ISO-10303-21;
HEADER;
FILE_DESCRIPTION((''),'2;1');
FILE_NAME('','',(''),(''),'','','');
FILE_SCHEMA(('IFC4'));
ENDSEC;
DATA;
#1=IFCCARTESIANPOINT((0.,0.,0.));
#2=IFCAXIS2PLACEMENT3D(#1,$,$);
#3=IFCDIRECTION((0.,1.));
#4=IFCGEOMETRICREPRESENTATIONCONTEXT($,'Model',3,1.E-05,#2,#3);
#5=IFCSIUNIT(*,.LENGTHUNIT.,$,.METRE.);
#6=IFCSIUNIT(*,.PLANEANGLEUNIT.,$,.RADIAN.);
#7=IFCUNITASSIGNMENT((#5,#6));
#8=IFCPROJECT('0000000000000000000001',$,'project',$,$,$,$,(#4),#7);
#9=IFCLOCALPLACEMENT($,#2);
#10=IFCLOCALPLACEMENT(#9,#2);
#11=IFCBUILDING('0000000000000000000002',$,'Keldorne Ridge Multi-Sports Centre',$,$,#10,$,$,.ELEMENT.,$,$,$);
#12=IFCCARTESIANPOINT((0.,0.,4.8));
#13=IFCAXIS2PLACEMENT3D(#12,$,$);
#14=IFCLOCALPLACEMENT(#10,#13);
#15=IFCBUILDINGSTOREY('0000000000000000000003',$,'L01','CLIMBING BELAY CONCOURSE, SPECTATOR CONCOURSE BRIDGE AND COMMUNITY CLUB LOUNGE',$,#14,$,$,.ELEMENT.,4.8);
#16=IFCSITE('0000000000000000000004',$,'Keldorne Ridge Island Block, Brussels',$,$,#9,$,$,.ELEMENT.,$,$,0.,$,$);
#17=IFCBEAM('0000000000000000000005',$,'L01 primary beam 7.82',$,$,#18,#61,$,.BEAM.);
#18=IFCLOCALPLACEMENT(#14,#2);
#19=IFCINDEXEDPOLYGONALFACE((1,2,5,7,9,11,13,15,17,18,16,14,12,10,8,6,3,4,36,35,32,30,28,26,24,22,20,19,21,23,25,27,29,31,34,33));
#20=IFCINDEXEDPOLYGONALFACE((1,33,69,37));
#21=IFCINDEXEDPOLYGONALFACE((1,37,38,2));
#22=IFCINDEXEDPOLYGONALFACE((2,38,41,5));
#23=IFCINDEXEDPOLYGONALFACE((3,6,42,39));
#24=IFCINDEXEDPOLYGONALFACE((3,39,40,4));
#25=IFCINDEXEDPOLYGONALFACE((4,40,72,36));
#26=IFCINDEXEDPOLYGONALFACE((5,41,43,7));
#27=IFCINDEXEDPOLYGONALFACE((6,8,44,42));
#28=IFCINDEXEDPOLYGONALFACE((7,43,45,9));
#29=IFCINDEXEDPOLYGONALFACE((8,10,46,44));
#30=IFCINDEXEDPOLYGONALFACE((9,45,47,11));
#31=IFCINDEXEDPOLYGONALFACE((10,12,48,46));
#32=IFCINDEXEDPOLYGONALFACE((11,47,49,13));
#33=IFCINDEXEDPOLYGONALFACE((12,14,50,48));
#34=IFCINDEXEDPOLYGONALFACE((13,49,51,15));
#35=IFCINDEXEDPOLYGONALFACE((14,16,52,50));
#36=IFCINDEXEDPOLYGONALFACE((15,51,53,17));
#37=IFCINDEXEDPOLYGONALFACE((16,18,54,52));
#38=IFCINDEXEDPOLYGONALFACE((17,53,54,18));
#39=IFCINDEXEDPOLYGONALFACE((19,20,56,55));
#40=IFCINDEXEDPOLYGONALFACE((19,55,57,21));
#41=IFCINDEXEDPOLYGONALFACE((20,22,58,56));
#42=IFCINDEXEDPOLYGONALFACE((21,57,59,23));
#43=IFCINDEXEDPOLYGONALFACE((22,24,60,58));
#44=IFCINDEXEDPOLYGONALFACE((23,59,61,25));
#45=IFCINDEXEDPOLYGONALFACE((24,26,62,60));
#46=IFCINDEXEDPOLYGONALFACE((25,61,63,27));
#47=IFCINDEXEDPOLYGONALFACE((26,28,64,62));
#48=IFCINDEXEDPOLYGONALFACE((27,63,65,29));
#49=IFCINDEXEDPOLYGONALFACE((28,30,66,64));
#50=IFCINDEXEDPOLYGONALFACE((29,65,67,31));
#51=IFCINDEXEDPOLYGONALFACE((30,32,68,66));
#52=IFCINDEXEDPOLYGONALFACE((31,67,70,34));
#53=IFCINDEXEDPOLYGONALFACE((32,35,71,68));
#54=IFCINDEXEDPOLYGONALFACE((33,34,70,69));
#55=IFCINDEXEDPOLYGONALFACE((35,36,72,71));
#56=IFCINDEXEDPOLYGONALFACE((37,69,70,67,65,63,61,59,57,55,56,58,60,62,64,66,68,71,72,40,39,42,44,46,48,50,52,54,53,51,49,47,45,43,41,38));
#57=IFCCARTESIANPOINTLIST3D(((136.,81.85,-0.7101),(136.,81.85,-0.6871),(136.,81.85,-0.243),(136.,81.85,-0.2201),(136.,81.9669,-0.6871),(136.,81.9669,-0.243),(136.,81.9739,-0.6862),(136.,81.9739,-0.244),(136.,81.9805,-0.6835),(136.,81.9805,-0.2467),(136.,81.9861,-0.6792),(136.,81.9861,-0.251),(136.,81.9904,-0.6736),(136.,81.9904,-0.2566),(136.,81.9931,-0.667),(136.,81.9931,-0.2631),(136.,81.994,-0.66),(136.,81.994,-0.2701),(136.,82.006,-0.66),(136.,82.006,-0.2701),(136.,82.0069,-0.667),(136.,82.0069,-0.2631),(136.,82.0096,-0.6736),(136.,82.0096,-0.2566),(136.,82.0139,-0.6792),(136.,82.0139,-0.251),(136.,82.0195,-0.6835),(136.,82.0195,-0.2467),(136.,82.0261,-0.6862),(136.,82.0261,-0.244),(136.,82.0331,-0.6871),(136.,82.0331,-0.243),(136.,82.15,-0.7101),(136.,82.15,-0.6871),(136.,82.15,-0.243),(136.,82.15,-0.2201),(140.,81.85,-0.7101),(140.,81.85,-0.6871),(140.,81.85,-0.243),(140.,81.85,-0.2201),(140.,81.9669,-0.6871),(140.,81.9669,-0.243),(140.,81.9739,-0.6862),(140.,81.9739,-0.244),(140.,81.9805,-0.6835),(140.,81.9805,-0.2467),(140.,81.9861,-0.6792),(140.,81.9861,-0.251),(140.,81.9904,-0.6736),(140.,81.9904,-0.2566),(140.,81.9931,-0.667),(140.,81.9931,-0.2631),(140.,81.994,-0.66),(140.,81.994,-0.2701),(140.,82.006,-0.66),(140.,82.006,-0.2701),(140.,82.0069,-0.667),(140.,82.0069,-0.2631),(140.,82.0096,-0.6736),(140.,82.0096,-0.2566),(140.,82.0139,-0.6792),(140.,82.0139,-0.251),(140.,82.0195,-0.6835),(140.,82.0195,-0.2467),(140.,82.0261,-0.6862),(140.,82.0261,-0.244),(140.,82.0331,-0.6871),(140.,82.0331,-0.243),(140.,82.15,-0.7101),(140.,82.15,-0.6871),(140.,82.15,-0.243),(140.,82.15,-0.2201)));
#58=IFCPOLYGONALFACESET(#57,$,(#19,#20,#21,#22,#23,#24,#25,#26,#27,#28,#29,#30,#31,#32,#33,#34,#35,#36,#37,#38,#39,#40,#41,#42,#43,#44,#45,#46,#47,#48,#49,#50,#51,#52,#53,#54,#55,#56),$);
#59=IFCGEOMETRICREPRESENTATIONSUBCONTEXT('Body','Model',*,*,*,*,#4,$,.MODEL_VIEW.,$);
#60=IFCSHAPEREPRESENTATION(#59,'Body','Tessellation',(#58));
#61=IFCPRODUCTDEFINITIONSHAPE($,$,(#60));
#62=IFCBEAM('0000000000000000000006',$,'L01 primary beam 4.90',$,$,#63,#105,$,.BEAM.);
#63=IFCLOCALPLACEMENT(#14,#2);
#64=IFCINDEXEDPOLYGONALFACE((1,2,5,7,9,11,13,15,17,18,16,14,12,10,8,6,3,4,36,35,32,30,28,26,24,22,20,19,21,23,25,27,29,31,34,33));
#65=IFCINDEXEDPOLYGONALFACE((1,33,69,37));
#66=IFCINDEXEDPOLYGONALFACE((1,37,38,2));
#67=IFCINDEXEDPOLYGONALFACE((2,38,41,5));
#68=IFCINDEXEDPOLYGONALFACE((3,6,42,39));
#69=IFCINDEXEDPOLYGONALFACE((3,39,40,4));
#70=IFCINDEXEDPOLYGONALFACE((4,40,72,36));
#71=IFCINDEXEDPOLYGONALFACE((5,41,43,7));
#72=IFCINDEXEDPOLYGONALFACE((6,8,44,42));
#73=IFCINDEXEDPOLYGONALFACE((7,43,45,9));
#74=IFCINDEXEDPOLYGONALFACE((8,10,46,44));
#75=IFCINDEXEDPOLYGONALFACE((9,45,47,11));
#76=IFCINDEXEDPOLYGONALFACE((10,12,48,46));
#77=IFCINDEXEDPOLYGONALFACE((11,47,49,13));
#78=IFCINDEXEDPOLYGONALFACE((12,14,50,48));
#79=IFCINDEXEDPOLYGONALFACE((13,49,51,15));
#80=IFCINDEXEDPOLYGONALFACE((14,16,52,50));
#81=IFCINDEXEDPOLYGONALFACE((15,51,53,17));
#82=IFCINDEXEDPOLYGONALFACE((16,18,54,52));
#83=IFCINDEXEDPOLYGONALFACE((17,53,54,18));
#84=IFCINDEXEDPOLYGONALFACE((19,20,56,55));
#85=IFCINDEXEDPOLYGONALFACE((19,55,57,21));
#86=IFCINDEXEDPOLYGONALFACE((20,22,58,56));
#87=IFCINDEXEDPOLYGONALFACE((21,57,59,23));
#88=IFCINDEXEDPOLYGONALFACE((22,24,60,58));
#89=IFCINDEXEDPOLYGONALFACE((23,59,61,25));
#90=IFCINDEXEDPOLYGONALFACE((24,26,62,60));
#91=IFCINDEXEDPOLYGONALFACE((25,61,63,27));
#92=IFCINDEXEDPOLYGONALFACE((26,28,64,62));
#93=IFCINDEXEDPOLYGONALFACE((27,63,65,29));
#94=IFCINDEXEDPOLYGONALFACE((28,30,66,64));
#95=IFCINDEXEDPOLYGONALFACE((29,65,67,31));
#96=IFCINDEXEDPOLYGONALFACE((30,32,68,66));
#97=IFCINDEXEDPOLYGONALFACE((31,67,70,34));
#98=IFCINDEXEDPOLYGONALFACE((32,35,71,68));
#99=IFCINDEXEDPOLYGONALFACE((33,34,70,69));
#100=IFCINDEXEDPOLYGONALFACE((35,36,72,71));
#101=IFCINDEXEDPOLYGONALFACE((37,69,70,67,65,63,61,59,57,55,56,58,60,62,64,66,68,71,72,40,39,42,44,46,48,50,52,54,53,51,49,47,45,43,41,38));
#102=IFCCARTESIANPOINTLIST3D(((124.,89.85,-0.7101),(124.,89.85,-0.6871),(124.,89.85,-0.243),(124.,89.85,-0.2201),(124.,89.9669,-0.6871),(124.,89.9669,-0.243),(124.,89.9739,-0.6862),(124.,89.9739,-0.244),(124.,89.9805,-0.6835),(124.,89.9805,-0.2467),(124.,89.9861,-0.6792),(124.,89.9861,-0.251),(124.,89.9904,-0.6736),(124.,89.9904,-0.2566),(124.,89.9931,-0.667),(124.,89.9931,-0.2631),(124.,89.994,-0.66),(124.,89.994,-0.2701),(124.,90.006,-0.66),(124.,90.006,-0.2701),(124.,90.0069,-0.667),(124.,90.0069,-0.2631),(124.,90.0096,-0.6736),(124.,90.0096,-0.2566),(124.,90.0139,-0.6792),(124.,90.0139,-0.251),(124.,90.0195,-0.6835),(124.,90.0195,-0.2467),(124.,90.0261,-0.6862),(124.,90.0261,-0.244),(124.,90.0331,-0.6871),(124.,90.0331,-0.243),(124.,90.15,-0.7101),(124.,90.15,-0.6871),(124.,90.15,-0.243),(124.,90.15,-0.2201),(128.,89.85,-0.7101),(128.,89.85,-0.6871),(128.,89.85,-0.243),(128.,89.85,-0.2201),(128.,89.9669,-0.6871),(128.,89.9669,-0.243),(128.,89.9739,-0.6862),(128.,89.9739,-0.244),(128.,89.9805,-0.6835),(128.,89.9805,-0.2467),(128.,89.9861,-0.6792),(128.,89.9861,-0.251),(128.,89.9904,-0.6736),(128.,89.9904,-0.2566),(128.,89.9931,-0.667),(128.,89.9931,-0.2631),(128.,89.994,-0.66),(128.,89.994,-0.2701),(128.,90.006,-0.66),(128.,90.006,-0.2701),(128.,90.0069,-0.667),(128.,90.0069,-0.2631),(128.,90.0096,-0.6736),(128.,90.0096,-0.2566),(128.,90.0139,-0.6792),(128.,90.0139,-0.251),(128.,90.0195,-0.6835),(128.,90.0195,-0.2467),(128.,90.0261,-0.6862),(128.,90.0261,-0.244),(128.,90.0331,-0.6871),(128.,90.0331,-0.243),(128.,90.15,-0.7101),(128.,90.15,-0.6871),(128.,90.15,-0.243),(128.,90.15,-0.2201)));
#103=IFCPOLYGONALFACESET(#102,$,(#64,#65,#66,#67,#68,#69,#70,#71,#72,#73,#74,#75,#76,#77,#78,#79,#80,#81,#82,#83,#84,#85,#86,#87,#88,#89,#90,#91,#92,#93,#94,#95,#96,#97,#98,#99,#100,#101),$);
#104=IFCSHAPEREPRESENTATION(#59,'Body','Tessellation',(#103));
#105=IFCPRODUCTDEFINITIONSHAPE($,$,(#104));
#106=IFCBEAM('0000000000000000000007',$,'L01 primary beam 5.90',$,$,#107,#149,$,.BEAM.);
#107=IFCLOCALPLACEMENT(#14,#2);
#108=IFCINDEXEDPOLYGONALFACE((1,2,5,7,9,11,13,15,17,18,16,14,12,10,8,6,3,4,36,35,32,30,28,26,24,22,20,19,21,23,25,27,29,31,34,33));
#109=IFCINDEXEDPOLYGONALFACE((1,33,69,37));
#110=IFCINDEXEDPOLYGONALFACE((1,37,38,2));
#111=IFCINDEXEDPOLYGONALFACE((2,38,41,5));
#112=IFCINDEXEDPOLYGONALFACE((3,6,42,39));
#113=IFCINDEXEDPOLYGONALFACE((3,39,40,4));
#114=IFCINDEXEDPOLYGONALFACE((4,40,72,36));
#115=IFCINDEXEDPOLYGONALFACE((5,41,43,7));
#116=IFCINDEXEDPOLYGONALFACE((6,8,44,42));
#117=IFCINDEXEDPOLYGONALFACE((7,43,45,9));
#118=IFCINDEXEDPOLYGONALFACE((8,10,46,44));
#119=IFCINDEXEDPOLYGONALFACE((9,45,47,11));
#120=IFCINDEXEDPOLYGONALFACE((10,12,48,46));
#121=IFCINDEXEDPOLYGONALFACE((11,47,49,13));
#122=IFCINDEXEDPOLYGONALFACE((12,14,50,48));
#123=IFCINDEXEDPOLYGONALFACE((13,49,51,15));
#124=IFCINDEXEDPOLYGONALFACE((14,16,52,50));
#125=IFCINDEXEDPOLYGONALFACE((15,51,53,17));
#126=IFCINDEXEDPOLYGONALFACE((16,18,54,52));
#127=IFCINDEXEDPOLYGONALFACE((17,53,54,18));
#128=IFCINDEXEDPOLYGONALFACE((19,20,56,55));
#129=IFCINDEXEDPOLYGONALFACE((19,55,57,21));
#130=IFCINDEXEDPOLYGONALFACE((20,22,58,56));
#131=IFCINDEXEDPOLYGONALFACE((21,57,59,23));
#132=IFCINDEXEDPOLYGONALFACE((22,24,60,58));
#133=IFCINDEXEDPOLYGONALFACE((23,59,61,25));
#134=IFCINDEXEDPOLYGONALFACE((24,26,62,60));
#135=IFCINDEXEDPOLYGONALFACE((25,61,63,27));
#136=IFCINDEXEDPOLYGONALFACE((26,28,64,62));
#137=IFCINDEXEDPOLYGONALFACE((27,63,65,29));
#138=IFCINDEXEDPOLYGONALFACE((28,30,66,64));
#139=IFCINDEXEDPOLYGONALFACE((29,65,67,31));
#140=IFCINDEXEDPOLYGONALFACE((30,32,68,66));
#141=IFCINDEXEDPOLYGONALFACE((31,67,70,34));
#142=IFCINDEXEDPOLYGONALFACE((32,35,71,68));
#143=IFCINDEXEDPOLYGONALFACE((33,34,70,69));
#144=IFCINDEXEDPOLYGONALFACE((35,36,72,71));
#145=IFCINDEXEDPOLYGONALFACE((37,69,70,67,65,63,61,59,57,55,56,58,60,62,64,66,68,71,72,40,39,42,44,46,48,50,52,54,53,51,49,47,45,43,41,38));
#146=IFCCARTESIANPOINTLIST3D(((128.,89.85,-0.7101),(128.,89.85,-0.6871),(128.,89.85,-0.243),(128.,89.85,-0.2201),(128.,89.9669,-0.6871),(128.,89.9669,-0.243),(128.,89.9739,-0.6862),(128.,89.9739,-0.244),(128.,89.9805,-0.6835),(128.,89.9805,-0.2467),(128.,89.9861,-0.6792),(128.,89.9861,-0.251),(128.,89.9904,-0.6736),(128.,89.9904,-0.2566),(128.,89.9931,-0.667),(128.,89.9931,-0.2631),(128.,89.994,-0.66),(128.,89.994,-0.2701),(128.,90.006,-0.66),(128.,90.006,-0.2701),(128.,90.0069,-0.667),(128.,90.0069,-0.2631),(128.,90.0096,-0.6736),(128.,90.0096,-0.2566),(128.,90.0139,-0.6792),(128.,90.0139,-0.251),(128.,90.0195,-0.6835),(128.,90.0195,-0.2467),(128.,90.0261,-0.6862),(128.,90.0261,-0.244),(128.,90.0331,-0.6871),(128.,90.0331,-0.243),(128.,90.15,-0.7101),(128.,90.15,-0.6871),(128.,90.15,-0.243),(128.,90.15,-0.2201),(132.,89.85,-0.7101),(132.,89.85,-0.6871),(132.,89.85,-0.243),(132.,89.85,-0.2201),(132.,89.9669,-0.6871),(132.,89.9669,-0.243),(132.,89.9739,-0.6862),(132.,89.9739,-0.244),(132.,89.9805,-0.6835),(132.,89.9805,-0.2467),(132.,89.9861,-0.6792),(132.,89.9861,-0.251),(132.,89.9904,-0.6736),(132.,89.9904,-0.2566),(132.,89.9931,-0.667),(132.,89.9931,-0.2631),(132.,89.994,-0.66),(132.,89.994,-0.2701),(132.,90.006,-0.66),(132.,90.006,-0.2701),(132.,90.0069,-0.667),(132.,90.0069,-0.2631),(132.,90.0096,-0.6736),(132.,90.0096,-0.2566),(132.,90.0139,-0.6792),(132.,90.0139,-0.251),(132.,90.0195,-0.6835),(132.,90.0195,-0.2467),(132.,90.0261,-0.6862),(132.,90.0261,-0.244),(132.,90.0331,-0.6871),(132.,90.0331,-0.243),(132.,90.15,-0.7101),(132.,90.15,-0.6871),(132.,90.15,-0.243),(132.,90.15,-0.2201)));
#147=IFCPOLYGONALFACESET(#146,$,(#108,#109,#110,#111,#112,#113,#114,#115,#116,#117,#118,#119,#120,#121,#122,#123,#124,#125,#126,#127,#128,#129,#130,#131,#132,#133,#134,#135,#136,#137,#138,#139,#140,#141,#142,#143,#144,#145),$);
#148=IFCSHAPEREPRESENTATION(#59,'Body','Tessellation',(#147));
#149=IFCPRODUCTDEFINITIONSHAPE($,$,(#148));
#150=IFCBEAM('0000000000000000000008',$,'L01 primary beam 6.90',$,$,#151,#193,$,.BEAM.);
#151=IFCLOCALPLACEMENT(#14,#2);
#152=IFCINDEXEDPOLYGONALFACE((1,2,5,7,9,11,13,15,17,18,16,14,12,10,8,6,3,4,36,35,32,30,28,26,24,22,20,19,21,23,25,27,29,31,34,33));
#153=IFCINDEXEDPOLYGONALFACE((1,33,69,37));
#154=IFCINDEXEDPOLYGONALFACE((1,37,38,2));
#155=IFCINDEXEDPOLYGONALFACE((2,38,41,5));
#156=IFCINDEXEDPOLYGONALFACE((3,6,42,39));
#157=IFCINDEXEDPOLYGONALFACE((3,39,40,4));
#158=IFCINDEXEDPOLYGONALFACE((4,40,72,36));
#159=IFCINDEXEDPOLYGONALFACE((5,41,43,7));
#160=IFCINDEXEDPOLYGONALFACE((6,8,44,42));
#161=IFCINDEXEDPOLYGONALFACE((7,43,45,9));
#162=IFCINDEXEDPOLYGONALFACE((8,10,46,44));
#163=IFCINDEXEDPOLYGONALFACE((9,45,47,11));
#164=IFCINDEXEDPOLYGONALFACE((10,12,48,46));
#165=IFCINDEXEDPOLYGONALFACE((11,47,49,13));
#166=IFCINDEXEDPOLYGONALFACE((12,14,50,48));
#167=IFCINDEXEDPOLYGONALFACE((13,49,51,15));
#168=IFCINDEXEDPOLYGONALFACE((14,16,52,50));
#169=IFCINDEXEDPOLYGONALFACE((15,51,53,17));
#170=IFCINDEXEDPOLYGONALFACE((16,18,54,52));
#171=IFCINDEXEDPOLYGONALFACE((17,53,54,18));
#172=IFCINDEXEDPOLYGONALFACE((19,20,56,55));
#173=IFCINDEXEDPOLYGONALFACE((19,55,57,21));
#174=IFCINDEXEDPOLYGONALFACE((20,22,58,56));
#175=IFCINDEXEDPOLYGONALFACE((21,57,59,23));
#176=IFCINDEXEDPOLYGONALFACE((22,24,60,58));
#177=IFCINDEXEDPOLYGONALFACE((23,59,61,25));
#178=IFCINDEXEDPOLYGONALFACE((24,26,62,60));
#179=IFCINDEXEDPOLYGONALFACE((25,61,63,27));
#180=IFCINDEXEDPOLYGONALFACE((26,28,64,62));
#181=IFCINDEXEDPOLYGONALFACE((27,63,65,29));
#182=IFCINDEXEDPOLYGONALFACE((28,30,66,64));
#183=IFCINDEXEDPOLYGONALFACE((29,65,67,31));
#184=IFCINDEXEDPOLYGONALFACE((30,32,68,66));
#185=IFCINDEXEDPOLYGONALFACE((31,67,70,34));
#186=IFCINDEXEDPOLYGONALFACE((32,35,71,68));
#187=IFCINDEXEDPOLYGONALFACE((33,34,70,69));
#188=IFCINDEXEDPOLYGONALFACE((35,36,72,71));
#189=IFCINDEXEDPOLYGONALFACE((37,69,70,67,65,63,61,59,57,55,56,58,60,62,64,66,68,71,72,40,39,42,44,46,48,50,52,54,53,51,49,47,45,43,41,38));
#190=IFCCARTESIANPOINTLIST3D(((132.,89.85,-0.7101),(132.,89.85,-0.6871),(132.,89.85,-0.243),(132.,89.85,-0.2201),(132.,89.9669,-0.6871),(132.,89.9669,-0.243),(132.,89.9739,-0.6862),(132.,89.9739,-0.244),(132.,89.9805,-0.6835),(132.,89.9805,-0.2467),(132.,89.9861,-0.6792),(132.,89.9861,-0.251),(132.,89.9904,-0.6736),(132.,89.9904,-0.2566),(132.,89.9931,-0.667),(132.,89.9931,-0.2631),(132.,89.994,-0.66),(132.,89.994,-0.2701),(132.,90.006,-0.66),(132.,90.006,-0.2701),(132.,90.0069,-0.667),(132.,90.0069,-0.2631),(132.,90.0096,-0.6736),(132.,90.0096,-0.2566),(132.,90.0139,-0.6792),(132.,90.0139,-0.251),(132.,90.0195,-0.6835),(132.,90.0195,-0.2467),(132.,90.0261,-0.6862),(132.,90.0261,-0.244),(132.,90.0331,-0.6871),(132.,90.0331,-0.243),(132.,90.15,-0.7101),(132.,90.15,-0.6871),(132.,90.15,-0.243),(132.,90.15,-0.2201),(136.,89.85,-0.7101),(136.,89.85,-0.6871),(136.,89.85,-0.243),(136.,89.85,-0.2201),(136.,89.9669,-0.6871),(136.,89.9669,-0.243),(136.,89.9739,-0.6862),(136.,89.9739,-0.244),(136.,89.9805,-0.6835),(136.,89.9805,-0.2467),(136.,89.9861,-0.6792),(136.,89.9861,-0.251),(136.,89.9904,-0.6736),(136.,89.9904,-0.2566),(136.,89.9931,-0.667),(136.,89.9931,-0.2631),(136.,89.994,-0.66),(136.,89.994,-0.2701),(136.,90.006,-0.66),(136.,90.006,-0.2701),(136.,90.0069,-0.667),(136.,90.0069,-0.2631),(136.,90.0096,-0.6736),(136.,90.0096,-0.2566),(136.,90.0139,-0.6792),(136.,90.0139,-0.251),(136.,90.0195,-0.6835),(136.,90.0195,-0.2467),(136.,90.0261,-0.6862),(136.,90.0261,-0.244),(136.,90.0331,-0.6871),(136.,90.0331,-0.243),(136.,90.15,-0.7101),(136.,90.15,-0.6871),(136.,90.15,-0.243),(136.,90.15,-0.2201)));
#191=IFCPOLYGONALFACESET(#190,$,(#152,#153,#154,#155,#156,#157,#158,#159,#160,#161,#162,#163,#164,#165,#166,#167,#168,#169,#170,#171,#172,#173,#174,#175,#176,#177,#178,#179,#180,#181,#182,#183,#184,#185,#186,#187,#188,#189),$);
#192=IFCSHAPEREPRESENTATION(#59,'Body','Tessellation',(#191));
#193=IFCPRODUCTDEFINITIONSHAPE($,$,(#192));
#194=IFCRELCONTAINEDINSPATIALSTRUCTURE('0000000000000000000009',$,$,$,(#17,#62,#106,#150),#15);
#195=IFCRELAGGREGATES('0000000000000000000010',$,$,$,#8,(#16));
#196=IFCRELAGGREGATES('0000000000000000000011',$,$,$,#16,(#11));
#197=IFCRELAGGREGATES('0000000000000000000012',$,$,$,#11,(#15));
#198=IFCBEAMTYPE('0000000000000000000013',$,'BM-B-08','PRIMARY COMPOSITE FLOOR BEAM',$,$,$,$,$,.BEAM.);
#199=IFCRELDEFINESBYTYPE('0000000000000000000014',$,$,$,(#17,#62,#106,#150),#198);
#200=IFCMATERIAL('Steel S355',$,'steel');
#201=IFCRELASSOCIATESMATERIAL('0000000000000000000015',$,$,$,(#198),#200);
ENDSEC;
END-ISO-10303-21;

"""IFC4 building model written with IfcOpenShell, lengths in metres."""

from ifc_helpers import new_model, si_unit, direction, frame, origin, origin_2d, place, context, subcontext, project, spatial, i_section, extrude, material, material_profile, profile_set, type_object, element, save


model = new_model("IFC4")

# Units and contexts
model_context = context("Model", 3, precision=1e-05, world=origin(), true_north=direction((0.0, 1.0)))
body_context = subcontext(model_context, "Body", "Model", "MODEL_VIEW")
ifc_project = project(units=[si_unit("LENGTHUNIT", "METRE"), si_unit("PLANEANGLEUNIT", "RADIAN")], contexts=[model_context])

# Site, building, storey
site_placement = place(None, origin())
site = spatial("IfcSite", under=ifc_project, at=site_placement, Name="Keldorne Ridge Island Block, Brussels", CompositionType="ELEMENT", RefElevation=0.0)
building_placement = place(site_placement, origin())
building = spatial("IfcBuilding", under=site, at=building_placement, Name="Keldorne Ridge Multi-Sports Centre", CompositionType="ELEMENT")
storey_placement = place(building_placement, frame((0.0, 0.0, 4.8)))
storey = spatial("IfcBuildingStorey", under=building, at=storey_placement, Name="L01", Description="CLIMBING BELAY CONCOURSE, SPECTATOR CONCOURSE BRIDGE AND COMMUNITY CLUB LOUNGE", CompositionType="ELEMENT", Elevation=4.8)

# Shared definitions
ifc_material = material(Name="Steel S355", Category="steel")

# Beams
ifc_material_profile_1 = material_profile(ifc_material, i_section(OverallWidth=0.3, OverallDepth=0.49, WebThickness=0.012, FlangeThickness=0.0229, FilletRadius=0.0271, at=origin_2d()), Name="HEA 500")
ifc_profile_set_1 = profile_set([ifc_material_profile_1], Name="Steel S355")
beam_type_1 = type_object("IfcBeamType", Name="BM-B-08", Description="PRIMARY COMPOSITE FLOOR BEAM", PredefinedType="BEAM", material=ifc_profile_set_1)
for number, where, z_axis, x_axis, name in (
    (1, (136.0, 82.0, -0.4651), (1.0, 0.0, 0.0), (0.0, 1.0, 0.0), "L01 primary beam 7.82"),
    (2, (124.0, 90.0, -0.4651), (1.0, 0.0, 0.0), (0.0, 1.0, 0.0), "L01 primary beam 4.90"),
    (3, (128.0, 90.0, -0.4651), (1.0, 0.0, 0.0), (0.0, 1.0, 0.0), "L01 primary beam 5.90"),
    (4, (132.0, 90.0, -0.4651), (1.0, 0.0, 0.0), (0.0, 1.0, 0.0), "L01 primary beam 6.90"),
):
    element("IfcBeam", number, at=place(storey_placement, frame(where, z_axis=z_axis, x_axis=x_axis)), inside=storey, type_object=beam_type_1, Name=name, PredefinedType="BEAM", context=body_context, shape_type="SweptSolid", body=[
        extrude(i_section(OverallWidth=0.3, OverallDepth=0.49, WebThickness=0.012, FlangeThickness=0.0229, FilletRadius=0.0271, at=origin_2d()), origin(), (0.0, 0.0, 1.0), 4.0),
    ])

save(model, "model.ifc")
